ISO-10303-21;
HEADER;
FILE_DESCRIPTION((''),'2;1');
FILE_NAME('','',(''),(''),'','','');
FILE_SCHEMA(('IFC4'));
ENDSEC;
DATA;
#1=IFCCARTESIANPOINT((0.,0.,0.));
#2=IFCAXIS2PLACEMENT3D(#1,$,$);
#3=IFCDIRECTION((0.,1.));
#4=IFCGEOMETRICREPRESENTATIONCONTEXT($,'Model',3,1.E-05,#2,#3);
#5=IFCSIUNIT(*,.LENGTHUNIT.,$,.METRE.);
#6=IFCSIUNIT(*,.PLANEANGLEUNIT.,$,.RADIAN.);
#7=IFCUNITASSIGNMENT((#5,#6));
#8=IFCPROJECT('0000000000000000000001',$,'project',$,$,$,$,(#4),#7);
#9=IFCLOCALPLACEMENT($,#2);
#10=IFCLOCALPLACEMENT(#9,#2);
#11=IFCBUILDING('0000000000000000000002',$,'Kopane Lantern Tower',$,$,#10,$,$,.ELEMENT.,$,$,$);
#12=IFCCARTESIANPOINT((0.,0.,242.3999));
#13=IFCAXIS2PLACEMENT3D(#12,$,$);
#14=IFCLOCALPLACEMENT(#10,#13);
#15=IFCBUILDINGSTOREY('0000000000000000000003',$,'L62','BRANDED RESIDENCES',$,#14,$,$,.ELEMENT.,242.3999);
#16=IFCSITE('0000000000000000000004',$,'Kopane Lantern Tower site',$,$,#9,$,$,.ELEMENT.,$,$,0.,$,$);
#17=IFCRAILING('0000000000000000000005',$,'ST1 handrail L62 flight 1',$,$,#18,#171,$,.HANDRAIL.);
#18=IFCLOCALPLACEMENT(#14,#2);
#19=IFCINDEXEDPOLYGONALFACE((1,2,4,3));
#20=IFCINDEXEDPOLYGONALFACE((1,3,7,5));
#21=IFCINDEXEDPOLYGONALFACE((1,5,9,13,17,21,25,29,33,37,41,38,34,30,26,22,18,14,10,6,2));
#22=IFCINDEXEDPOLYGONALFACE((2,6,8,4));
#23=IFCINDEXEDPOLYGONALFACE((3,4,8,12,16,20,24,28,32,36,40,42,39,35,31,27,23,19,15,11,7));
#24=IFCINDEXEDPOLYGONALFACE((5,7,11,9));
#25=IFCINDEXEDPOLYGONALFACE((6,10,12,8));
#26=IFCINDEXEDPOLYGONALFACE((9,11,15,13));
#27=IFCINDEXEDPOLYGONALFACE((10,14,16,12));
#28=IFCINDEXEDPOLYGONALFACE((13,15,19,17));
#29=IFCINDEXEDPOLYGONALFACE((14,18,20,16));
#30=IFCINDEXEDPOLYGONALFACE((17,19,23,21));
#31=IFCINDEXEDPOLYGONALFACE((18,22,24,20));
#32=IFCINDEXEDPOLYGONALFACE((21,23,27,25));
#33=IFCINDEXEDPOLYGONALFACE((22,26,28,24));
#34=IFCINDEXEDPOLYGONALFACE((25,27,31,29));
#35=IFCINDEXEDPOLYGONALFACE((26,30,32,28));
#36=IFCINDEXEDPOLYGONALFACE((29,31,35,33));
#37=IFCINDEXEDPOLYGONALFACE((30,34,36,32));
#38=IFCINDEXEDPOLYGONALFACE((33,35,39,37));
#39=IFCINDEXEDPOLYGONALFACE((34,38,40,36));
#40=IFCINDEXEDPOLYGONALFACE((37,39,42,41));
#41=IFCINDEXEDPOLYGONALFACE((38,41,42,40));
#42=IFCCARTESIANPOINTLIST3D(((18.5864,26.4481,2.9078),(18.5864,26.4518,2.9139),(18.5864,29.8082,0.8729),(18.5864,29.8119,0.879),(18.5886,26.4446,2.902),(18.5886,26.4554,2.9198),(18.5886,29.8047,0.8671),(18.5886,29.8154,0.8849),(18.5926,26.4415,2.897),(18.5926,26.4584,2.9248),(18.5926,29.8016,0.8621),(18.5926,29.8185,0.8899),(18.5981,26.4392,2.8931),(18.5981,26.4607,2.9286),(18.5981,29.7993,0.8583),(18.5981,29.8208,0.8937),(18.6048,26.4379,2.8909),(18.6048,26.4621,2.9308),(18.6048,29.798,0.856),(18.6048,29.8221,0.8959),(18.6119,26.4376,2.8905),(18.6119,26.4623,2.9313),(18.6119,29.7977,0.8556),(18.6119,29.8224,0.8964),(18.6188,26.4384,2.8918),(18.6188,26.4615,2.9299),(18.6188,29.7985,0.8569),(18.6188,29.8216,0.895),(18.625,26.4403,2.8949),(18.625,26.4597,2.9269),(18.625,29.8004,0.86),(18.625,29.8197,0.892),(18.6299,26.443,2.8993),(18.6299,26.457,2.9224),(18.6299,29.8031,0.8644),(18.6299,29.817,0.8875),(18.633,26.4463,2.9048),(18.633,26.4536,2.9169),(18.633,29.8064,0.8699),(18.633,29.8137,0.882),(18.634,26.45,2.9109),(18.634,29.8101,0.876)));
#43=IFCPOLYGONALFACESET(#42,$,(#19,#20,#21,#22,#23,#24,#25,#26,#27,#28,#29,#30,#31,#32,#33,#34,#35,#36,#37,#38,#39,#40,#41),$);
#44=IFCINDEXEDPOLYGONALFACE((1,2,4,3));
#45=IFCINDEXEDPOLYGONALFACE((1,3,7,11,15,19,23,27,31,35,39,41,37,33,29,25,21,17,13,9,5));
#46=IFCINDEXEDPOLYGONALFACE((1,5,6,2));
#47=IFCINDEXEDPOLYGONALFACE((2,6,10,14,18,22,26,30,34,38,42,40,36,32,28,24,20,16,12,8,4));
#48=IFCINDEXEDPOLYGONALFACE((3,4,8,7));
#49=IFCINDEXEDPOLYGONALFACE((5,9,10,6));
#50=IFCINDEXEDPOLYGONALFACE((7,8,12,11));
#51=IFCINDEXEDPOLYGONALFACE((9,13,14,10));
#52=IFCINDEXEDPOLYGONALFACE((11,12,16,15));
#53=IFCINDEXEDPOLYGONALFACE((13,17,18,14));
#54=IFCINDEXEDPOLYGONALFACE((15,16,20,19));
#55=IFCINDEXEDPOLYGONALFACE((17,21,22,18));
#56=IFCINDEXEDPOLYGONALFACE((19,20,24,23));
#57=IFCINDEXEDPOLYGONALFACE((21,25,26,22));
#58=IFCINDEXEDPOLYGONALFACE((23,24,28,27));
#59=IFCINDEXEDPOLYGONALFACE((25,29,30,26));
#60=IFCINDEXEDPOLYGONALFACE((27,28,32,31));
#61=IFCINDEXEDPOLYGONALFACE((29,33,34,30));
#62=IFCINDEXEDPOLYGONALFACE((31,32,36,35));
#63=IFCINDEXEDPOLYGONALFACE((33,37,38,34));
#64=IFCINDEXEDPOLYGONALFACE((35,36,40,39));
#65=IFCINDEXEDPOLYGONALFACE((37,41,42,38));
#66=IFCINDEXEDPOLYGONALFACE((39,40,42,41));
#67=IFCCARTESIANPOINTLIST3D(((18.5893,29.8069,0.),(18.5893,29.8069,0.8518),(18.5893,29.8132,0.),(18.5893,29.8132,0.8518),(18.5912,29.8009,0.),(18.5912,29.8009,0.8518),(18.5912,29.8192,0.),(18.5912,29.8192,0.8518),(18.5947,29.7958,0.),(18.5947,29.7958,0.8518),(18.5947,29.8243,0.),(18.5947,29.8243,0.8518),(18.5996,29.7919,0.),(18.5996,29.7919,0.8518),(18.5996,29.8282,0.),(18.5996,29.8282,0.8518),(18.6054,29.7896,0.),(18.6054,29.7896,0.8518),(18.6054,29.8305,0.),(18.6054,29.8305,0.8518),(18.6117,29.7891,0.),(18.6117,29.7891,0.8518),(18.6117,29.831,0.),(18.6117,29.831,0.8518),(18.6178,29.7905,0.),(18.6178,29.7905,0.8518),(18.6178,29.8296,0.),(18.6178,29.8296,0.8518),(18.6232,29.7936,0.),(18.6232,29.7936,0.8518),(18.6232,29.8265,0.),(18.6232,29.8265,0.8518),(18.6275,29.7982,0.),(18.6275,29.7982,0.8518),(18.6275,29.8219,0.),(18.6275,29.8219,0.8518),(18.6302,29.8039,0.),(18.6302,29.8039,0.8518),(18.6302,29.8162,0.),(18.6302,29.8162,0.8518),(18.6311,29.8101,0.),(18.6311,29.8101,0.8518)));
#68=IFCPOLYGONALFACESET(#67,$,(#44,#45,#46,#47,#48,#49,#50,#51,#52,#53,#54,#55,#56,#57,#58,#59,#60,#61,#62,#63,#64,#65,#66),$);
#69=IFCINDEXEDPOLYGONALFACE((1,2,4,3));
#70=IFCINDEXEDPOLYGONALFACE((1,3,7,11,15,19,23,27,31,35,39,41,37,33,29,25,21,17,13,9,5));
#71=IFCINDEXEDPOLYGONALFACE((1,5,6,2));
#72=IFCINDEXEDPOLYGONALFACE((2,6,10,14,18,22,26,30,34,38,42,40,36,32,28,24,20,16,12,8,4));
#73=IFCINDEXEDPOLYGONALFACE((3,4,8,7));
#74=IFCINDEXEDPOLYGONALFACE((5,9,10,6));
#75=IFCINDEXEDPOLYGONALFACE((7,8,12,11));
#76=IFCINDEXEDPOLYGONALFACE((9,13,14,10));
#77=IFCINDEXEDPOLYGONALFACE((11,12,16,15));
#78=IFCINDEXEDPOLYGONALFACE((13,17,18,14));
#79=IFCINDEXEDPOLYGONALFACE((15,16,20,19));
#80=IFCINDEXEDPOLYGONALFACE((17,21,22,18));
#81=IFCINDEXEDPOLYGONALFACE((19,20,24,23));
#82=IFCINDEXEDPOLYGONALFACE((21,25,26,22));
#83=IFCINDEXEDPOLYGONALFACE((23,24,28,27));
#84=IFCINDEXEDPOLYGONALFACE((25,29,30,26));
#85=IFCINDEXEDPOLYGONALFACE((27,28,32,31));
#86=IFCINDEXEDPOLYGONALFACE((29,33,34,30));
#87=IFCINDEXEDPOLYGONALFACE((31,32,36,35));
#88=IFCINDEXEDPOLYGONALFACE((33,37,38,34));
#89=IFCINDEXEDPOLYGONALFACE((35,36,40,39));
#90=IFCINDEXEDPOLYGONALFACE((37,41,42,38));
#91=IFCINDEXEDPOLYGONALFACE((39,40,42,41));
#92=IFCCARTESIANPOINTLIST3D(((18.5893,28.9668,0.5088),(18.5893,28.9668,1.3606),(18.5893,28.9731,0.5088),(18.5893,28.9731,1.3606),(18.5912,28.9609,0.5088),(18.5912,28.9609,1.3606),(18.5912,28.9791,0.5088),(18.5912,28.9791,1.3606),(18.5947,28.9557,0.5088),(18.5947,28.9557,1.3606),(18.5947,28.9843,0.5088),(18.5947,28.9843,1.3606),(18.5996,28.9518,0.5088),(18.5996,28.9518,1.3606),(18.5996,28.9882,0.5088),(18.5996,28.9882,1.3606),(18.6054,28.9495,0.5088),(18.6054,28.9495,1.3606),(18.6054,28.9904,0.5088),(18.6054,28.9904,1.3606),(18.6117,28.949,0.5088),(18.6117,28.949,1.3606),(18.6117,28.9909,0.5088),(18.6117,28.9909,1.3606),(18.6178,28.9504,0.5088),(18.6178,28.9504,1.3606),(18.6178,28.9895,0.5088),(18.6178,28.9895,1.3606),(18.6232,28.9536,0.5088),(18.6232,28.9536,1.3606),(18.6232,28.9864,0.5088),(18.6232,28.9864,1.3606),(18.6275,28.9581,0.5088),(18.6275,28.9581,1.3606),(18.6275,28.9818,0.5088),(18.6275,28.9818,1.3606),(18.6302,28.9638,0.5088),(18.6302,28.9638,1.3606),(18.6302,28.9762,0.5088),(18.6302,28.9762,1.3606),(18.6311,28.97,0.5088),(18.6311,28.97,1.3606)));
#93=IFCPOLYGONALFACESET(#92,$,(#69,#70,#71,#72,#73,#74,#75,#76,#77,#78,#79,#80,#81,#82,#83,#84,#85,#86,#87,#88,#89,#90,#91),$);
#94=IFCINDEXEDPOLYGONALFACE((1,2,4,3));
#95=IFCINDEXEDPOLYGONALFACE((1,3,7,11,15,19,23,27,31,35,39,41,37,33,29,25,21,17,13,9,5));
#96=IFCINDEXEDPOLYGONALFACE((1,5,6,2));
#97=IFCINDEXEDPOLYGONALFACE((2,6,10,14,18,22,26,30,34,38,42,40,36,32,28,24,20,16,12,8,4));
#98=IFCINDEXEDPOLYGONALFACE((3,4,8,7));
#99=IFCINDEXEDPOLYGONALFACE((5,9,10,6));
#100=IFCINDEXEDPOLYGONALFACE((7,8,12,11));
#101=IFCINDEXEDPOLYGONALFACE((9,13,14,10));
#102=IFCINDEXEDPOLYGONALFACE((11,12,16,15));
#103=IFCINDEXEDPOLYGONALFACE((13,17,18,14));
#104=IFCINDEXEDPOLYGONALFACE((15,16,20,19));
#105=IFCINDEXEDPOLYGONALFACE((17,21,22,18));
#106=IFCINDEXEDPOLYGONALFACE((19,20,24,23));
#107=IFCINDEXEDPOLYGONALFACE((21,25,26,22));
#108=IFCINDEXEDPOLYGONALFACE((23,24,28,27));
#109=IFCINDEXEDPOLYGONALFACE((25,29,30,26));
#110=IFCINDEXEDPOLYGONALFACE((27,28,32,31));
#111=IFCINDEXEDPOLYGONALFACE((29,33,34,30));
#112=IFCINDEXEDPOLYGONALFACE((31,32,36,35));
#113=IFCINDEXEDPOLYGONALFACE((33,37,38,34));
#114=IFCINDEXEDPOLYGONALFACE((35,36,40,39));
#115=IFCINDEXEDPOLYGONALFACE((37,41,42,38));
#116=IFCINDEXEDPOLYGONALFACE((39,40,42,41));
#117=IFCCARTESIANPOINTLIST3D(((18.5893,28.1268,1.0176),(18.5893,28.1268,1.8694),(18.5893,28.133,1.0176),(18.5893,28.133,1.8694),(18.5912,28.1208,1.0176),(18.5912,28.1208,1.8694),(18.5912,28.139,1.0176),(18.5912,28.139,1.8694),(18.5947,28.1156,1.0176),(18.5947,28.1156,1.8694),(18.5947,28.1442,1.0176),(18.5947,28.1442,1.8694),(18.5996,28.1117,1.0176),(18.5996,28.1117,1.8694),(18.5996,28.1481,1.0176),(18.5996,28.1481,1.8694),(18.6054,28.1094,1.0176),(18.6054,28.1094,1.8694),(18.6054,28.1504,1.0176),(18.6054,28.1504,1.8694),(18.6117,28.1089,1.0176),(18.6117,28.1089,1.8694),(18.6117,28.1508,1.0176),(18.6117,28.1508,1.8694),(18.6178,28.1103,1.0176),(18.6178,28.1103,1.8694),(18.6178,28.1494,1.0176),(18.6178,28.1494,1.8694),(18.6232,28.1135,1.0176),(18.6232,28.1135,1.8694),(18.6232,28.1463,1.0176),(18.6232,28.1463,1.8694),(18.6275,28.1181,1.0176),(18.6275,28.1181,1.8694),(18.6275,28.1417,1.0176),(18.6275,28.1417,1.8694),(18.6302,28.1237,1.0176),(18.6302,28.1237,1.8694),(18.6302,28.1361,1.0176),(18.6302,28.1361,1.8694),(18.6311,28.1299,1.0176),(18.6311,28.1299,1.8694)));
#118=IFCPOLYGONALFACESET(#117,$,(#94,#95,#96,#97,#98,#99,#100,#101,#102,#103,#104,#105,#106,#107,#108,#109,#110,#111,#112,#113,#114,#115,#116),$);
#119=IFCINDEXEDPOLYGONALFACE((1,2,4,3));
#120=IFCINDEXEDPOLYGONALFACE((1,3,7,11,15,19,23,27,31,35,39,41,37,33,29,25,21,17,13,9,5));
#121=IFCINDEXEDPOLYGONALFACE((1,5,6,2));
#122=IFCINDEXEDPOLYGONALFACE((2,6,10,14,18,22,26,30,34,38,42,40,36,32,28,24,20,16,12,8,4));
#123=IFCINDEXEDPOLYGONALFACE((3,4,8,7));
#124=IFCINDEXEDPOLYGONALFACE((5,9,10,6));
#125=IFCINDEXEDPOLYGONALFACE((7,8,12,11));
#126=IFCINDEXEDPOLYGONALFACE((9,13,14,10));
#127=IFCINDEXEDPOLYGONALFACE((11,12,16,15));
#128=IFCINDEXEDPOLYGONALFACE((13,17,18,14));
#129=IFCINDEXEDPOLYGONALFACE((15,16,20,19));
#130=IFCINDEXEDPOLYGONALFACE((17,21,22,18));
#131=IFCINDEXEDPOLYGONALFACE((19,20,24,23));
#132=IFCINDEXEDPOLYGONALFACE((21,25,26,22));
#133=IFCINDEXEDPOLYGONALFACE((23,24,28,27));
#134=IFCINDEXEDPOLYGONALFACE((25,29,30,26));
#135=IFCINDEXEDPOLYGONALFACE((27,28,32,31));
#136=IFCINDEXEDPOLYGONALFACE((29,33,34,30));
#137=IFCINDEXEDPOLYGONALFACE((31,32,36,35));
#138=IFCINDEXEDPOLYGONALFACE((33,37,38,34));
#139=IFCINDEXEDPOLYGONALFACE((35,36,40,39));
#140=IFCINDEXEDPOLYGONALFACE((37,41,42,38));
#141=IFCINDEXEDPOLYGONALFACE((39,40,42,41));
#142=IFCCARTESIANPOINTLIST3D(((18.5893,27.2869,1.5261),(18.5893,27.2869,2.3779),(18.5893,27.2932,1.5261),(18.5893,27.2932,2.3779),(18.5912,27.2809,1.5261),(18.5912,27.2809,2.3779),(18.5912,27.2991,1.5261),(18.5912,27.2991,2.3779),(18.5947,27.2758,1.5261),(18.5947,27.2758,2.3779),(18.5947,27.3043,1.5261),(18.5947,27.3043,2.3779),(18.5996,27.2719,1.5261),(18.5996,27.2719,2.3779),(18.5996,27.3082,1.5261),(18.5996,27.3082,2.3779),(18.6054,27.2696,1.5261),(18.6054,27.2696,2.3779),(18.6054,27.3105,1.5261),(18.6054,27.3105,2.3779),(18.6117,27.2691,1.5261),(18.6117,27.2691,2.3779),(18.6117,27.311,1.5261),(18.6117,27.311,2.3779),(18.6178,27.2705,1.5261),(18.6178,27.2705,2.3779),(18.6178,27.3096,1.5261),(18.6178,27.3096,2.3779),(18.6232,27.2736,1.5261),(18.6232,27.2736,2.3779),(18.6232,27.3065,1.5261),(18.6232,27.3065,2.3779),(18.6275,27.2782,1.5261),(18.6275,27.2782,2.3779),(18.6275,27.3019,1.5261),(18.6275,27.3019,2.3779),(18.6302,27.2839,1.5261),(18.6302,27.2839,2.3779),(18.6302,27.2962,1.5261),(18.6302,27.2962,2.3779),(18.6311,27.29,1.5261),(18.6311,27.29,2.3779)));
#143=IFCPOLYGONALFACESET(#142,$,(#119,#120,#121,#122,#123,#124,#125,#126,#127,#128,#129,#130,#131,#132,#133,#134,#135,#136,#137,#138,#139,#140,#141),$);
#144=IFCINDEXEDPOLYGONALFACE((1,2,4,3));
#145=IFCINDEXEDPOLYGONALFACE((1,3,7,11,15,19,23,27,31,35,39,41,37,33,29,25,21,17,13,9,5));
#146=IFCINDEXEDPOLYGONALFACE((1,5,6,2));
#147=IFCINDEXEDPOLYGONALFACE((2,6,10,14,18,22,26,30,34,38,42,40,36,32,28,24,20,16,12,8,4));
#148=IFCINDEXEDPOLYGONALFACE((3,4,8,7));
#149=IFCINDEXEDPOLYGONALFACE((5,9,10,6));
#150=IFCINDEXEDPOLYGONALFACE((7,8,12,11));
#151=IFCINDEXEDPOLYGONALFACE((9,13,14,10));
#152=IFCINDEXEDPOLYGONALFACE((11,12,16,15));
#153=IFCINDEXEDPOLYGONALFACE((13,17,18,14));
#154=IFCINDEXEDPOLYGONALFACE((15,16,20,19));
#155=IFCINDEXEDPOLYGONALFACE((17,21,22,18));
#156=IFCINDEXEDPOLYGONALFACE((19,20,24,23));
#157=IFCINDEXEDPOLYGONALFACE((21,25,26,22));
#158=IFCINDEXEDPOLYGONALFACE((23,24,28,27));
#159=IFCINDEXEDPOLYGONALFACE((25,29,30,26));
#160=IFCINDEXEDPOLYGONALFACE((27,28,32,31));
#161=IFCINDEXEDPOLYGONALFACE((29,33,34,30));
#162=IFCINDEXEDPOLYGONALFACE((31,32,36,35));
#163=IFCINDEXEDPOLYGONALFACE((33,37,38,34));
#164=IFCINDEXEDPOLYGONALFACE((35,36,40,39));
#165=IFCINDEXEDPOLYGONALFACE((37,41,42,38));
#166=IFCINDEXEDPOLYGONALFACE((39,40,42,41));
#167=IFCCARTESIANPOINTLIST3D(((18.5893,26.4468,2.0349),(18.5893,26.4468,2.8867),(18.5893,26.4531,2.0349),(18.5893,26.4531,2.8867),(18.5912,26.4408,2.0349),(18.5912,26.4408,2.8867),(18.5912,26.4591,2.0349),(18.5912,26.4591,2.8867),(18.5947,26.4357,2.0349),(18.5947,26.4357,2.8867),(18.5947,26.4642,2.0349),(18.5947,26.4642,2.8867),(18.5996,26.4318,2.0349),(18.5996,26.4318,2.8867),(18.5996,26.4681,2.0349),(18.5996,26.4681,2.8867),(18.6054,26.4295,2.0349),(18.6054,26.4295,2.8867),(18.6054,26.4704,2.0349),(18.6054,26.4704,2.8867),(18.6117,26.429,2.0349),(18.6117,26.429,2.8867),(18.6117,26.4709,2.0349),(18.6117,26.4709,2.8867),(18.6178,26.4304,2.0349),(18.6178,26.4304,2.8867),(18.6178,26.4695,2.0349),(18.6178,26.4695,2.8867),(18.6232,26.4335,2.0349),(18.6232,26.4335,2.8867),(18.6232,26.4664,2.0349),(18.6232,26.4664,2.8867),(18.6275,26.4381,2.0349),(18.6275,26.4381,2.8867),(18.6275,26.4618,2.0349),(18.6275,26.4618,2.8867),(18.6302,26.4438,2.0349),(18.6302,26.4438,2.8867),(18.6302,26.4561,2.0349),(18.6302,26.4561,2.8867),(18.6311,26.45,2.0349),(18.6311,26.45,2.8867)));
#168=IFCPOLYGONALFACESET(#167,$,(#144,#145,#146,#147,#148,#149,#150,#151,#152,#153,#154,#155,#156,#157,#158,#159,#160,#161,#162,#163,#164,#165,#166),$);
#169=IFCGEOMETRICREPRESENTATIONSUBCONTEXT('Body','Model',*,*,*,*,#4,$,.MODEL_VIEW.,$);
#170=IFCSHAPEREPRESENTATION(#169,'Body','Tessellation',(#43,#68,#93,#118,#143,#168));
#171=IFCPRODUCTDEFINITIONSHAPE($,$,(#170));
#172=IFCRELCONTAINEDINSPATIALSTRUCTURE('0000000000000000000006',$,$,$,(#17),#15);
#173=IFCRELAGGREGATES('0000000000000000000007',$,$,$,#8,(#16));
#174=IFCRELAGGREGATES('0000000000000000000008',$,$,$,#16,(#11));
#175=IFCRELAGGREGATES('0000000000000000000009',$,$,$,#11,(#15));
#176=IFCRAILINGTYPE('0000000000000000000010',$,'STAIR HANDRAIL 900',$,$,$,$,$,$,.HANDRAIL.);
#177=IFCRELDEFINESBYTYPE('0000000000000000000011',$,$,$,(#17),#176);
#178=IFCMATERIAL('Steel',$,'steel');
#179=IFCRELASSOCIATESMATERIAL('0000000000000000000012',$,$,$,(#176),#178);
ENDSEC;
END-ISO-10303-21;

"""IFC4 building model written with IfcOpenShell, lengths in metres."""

from ifc_helpers import new_model, si_unit, direction, frame, origin, origin_2d, place, context, subcontext, project, spatial, circle, extrude, material, type_object, element, save


model = new_model("IFC4")

# Units and contexts
model_context = context("Model", 3, precision=1e-05, world=origin(), true_north=direction((0.0, 1.0)))
body_context = subcontext(model_context, "Body", "Model", "MODEL_VIEW")
ifc_project = project(units=[si_unit("LENGTHUNIT", "METRE"), si_unit("PLANEANGLEUNIT", "RADIAN")], contexts=[model_context])

# Site, building, storey
site_placement = place(None, origin())
site = spatial("IfcSite", under=ifc_project, at=site_placement, Name="Kopane Lantern Tower site", CompositionType="ELEMENT", RefElevation=0.0)
building_placement = place(site_placement, origin())
building = spatial("IfcBuilding", under=site, at=building_placement, Name="Kopane Lantern Tower", CompositionType="ELEMENT")
storey_placement = place(building_placement, frame((0.0, 0.0, 242.3999)))
storey = spatial("IfcBuildingStorey", under=building, at=storey_placement, Name="L62", Description="BRANDED RESIDENCES", CompositionType="ELEMENT", Elevation=242.3999)

# Railing
ifc_material_1 = material(Name="Steel", Category="steel")
railing_type_1 = type_object("IfcRailingType", Name="STAIR HANDRAIL 900", PredefinedType="HANDRAIL", material=ifc_material_1)
for number, where, name in (
    (1, (18.6101, 29.8101, 0.0), "ST1 handrail L62 flight 1"),
):
    element("IfcRailing", number, at=place(storey_placement, frame(where)), inside=storey, type_object=railing_type_1, Name=name, PredefinedType="HANDRAIL", context=body_context, shape_type="SweptSolid", body=[
        extrude(circle(Radius=0.0239, at=origin_2d()), frame((0.0, 0.0, 0.876), z_axis=(0.0, -0.855369, 0.518019), x_axis=(1.0, 0.0, 0.0)), (0.0, 0.0, 1.0), 3.9282),
        extrude(circle(Radius=0.021, at=origin_2d()), origin(), (0.0, 0.0, 1.0), 0.8518),
        extrude(circle(Radius=0.021, at=origin_2d()), frame((0.0, -0.8401, 0.5088)), (0.0, 0.0, 1.0), 0.8518),
        extrude(circle(Radius=0.021, at=origin_2d()), frame((0.0, -1.6802, 1.0176)), (0.0, 0.0, 1.0), 0.8518),
        extrude(circle(Radius=0.021, at=origin_2d()), frame((0.0, -2.52, 1.5261)), (0.0, 0.0, 1.0), 0.8518),
        extrude(circle(Radius=0.021, at=origin_2d()), frame((0.0, -3.3601, 2.0349)), (0.0, 0.0, 1.0), 0.8518),
    ])

save(model, "model.ifc")
